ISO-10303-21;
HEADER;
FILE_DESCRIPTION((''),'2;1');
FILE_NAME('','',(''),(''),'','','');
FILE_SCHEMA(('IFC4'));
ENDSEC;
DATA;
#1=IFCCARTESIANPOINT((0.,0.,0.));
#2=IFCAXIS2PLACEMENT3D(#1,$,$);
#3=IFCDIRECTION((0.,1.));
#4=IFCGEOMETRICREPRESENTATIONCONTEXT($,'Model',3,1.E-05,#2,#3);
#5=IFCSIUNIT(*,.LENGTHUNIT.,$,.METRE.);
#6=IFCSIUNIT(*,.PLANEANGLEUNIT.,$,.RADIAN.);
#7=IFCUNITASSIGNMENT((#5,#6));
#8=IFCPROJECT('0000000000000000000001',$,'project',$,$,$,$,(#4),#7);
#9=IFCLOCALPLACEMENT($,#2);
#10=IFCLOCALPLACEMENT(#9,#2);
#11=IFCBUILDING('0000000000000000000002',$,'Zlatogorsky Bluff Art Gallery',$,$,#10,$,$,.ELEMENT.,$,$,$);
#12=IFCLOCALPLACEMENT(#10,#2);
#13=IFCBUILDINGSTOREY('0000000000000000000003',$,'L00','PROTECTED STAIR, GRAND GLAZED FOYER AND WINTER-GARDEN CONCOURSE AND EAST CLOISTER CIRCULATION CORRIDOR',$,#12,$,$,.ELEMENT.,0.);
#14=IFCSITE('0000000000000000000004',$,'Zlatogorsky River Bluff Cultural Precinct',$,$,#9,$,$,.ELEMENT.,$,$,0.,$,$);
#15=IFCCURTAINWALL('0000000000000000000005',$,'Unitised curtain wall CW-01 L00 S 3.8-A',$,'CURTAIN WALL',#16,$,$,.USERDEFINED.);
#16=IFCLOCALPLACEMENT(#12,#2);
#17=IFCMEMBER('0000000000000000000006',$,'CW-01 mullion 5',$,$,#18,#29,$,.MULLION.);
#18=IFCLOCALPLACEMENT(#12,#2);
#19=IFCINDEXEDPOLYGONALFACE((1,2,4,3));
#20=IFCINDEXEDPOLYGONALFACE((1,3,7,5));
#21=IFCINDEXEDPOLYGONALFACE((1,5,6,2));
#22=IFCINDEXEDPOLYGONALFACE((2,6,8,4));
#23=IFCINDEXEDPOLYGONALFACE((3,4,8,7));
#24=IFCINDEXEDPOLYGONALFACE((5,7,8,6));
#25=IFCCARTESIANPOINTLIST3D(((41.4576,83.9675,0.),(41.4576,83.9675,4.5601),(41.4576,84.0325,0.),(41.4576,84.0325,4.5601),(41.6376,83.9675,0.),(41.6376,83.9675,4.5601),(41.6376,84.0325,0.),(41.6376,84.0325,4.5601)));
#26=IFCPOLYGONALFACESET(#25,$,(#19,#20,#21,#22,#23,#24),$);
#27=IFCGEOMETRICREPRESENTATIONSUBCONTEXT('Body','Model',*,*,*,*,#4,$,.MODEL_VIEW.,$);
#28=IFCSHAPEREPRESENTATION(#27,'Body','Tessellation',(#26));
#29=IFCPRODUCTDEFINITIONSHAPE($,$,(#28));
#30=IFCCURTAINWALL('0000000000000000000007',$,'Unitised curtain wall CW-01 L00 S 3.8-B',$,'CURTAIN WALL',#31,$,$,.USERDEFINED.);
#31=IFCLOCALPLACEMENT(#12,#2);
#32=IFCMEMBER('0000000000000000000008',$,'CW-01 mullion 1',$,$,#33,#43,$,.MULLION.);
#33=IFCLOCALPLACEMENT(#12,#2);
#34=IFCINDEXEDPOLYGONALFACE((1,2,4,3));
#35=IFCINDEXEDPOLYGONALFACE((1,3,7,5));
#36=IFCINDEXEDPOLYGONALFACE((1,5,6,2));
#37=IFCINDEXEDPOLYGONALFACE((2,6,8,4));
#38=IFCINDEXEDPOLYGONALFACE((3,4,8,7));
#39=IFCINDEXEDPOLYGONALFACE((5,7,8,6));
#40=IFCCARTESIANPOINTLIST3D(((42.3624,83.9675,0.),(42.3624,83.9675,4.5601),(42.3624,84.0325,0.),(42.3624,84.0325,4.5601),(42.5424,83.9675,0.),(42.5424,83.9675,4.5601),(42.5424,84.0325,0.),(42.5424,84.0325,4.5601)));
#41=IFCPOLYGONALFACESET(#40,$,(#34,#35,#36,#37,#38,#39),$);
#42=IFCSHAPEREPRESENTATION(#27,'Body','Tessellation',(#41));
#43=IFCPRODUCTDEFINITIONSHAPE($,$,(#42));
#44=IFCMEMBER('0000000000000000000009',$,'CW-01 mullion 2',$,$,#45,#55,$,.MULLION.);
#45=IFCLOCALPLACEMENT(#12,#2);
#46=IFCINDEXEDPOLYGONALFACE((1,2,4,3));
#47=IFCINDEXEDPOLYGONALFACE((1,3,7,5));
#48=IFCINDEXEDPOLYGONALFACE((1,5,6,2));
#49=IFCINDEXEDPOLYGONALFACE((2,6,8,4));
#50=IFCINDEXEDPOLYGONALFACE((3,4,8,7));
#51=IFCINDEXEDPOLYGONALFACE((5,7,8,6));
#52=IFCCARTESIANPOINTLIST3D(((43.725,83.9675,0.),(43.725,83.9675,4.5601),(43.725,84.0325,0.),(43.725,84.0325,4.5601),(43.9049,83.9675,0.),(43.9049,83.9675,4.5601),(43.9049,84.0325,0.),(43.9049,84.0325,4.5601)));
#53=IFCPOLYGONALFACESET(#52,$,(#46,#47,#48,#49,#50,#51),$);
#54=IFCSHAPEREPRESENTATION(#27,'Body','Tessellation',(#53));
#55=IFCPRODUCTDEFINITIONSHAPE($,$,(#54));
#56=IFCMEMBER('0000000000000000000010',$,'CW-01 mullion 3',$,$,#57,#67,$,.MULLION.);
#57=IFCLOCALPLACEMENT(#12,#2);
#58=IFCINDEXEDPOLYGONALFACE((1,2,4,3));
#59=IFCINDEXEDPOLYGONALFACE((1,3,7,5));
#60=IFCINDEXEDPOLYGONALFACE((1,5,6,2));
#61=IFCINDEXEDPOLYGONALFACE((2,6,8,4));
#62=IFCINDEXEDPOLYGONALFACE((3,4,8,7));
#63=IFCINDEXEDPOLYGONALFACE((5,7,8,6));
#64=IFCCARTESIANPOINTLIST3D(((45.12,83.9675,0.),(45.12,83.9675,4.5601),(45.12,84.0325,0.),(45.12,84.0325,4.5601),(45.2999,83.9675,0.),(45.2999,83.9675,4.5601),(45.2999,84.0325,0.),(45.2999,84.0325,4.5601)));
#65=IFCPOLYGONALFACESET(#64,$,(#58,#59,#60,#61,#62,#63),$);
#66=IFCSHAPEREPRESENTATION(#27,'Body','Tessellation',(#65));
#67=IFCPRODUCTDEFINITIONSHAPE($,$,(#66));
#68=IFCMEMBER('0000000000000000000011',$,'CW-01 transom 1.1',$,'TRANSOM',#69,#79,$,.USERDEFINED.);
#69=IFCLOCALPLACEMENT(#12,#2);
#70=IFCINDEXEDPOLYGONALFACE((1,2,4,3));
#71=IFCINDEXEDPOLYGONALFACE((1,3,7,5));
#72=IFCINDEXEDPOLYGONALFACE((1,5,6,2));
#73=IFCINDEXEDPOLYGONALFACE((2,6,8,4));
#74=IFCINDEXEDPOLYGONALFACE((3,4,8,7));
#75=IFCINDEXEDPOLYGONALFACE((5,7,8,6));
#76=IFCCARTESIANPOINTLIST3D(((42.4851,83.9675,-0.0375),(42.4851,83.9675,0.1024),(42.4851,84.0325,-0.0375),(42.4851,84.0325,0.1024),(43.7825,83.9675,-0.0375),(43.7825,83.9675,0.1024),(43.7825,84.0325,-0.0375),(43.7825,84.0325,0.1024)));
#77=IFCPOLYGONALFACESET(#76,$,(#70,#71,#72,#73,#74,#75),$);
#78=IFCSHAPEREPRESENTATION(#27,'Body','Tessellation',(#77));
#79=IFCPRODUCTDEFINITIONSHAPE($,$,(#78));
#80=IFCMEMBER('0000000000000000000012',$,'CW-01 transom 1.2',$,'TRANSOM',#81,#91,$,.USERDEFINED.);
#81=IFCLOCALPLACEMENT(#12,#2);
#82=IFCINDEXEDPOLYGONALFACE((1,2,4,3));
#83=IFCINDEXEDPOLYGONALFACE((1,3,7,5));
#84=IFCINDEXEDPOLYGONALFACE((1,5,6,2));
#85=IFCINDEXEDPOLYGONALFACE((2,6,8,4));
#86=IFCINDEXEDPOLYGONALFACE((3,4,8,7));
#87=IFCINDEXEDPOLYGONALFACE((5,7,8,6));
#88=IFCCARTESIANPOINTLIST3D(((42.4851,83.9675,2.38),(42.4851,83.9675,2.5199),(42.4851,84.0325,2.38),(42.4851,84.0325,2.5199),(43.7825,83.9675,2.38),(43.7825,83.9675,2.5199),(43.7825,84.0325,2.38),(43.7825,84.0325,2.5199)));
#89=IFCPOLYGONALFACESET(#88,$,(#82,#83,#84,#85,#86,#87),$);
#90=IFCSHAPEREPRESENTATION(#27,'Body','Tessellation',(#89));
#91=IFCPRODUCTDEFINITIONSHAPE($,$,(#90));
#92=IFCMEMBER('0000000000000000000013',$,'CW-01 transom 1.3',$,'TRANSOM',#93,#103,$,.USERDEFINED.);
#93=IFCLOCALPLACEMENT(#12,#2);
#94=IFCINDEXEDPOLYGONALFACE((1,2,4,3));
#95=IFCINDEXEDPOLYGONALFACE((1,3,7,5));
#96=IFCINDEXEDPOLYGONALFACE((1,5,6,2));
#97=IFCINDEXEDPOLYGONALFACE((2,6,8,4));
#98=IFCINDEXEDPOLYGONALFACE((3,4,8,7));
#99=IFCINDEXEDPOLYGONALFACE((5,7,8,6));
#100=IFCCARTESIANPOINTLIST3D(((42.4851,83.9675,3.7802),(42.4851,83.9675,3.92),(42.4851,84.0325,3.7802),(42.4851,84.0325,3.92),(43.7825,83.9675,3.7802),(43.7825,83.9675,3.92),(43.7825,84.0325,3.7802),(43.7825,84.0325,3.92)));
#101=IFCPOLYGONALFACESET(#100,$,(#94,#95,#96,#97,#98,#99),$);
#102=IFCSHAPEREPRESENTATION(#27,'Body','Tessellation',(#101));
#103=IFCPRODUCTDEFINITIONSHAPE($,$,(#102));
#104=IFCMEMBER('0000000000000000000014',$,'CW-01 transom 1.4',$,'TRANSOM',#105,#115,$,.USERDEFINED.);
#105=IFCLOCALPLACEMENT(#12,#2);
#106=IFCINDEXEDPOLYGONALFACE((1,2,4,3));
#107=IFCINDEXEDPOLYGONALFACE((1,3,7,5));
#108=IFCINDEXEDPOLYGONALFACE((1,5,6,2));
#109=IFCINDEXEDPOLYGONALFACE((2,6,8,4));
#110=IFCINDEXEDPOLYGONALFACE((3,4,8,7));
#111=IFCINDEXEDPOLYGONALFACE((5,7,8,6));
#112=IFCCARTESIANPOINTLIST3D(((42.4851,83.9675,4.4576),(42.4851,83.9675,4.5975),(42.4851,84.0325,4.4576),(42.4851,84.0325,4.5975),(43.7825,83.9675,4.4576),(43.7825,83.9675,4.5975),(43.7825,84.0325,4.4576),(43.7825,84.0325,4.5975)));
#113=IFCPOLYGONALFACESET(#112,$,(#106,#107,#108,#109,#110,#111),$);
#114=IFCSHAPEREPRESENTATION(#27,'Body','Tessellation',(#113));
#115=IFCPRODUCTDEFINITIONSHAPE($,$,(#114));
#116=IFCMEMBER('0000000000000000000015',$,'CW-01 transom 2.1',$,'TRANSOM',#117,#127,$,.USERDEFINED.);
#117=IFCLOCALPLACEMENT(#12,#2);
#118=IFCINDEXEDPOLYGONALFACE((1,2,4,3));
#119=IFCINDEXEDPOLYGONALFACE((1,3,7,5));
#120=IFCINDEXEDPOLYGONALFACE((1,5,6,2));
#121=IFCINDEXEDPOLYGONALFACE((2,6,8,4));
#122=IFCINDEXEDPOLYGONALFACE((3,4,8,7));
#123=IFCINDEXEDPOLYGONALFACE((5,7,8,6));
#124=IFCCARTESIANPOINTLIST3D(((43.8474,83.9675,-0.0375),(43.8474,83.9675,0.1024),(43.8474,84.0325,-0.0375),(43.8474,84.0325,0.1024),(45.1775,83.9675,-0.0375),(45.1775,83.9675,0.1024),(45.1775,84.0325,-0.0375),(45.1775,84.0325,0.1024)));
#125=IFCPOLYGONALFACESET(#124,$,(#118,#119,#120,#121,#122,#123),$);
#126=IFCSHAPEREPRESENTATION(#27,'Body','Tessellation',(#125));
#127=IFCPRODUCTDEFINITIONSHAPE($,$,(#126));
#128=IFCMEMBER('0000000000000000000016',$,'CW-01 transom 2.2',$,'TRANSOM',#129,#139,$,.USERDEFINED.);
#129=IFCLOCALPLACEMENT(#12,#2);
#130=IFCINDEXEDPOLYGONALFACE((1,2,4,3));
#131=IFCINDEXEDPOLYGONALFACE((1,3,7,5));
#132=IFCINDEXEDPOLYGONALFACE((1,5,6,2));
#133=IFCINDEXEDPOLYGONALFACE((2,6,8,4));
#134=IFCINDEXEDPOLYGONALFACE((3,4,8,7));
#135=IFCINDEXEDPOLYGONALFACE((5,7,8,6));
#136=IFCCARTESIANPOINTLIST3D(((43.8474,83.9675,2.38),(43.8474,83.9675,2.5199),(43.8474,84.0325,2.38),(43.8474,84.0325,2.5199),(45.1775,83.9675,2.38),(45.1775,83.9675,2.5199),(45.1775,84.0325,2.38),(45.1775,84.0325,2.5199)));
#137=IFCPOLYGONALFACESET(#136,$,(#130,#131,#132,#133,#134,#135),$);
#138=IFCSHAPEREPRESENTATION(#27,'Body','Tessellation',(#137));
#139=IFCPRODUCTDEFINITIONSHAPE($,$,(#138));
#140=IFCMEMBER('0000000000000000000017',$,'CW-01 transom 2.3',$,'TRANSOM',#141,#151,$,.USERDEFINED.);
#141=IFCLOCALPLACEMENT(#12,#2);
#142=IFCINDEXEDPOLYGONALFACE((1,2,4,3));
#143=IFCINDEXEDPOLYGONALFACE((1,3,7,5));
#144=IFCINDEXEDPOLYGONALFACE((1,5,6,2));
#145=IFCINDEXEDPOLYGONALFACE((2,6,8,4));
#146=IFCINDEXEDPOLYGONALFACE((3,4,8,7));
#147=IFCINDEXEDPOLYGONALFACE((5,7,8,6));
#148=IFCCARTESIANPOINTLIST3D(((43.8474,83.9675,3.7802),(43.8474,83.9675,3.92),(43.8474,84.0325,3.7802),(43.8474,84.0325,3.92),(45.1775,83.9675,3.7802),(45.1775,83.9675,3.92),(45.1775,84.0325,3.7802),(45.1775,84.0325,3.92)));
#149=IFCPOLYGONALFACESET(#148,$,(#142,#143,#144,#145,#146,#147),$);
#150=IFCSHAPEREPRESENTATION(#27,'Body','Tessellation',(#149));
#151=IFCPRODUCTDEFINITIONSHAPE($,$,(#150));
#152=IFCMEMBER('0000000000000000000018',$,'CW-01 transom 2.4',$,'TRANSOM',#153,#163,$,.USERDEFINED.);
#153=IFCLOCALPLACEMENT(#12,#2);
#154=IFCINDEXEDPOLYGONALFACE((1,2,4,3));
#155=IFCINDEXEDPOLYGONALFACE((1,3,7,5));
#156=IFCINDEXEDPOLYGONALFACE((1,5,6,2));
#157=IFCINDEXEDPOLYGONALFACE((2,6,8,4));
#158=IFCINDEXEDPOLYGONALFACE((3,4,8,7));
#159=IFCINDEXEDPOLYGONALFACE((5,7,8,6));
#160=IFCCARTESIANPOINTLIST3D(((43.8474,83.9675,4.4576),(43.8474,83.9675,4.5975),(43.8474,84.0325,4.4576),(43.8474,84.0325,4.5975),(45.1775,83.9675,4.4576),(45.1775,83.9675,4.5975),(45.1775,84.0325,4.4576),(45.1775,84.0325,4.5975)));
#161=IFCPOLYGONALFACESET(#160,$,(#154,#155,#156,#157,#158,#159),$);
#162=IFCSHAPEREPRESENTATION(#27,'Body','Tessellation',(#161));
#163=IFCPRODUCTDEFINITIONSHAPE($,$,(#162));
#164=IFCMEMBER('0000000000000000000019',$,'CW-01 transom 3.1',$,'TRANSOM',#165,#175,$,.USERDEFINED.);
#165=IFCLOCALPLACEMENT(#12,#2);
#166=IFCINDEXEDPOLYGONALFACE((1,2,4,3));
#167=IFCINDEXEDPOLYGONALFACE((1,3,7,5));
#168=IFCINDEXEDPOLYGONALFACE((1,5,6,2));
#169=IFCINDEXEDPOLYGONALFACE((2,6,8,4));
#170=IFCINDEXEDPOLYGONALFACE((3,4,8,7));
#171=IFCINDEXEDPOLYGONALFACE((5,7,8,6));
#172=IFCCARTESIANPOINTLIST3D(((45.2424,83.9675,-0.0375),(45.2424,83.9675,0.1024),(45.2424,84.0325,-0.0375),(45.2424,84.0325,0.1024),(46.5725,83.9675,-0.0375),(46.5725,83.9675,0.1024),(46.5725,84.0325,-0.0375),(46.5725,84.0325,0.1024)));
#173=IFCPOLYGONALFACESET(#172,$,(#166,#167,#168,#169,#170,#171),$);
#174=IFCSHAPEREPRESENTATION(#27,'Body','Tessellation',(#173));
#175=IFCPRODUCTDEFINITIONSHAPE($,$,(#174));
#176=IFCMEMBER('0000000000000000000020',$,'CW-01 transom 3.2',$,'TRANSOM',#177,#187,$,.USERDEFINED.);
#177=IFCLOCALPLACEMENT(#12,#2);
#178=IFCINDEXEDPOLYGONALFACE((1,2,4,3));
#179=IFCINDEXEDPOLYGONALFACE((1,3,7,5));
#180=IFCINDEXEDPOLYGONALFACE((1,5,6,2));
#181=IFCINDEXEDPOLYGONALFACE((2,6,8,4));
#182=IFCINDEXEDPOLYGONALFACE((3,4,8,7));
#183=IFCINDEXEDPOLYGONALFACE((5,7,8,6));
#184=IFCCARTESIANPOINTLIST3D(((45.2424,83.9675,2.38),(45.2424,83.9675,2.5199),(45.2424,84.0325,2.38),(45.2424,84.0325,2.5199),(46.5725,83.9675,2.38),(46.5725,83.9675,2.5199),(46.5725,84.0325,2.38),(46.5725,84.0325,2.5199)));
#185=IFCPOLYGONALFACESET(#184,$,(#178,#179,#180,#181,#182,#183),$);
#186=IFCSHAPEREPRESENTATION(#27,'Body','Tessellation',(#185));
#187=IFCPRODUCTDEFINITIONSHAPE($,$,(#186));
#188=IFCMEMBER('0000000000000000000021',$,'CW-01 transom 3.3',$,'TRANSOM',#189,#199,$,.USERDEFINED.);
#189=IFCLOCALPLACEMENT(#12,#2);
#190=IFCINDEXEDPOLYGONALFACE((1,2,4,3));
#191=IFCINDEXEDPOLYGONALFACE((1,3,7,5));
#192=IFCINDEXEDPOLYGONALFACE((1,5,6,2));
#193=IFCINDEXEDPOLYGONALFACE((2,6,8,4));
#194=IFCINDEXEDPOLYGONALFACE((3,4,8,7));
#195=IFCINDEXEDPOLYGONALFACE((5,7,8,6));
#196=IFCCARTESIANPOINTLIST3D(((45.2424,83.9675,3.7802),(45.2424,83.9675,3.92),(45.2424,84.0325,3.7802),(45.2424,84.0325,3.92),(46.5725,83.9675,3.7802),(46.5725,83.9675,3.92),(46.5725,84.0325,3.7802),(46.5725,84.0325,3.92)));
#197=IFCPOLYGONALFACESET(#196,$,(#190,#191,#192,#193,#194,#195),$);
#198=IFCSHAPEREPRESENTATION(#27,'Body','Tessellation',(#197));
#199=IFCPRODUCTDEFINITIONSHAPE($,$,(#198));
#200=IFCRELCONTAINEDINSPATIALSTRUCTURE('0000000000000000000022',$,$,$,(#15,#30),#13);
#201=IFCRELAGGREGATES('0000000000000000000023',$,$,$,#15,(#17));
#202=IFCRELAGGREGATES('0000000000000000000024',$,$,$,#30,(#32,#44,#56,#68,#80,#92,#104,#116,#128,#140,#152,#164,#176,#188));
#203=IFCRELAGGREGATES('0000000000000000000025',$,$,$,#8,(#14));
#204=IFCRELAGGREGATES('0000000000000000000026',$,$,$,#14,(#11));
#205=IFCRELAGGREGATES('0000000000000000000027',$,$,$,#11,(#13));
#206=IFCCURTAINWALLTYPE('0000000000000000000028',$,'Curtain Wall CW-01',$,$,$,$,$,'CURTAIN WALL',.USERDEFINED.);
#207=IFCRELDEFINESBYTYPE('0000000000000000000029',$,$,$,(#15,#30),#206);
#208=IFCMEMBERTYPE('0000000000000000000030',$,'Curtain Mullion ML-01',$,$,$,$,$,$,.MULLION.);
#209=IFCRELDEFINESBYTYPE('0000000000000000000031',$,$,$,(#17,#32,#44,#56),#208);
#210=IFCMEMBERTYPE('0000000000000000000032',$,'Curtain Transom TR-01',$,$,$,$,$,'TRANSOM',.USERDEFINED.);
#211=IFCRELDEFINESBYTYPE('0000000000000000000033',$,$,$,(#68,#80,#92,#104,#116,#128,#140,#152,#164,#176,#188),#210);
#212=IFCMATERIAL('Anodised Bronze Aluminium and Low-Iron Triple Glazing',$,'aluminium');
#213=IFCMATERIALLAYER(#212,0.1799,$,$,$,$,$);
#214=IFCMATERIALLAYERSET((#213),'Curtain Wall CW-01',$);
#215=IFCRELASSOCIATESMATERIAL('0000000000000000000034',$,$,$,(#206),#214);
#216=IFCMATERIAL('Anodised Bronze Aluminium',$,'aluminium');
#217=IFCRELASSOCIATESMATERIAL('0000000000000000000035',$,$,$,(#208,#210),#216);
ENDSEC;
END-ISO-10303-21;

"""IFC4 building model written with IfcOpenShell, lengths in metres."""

from ifc_helpers import new_model, si_unit, direction, frame, origin, origin_2d, place, context, subcontext, project, spatial, rectangle, extrude, material, layer, layer_set, material_profile, profile_set, type_object, element, aggregate, save


model = new_model("IFC4")

# Units and contexts
model_context = context("Model", 3, precision=1e-05, world=origin(), true_north=direction((0.0, 1.0)))
body_context = subcontext(model_context, "Body", "Model", "MODEL_VIEW")
ifc_project = project(units=[si_unit("LENGTHUNIT", "METRE"), si_unit("PLANEANGLEUNIT", "RADIAN")], contexts=[model_context])

# Site, building, storey
site_placement = place(None, origin())
site = spatial("IfcSite", under=ifc_project, at=site_placement, Name="Zlatogorsky River Bluff Cultural Precinct", CompositionType="ELEMENT", RefElevation=0.0)
building_placement = place(site_placement, origin())
building = spatial("IfcBuilding", under=site, at=building_placement, Name="Zlatogorsky Bluff Art Gallery", CompositionType="ELEMENT")
storey_placement = place(building_placement, origin())
storey = spatial("IfcBuildingStorey", under=building, at=storey_placement, Name="L00", Description="PROTECTED STAIR, GRAND GLAZED FOYER AND WINTER-GARDEN CONCOURSE AND EAST CLOISTER CIRCULATION CORRIDOR", CompositionType="ELEMENT", Elevation=0.0)

# Curtain wall, member
ifc_material_1 = material(Name="Anodised Bronze Aluminium and Low-Iron Triple Glazing", Category="aluminium")
ifc_layer_1 = layer(ifc_material_1, 0.1799)
ifc_layer_set_1 = layer_set([ifc_layer_1], Name="Curtain Wall CW-01")
curtain_wall_type = type_object("IfcCurtainWallType", Name="Curtain Wall CW-01", ElementType="CURTAIN WALL", PredefinedType="USERDEFINED", material=ifc_layer_set_1)
curtain_wall_1_placement = place(storey_placement, origin())
curtain_wall_1 = element("IfcCurtainWall", 1, at=curtain_wall_1_placement, inside=storey, type_object=curtain_wall_type, Name="Unitised curtain wall CW-01 L00 S 3.8-A", ObjectType="CURTAIN WALL", PredefinedType="USERDEFINED")
ifc_material_2 = material(Name="Anodised Bronze Aluminium", Category="aluminium")
ifc_material_profile_1 = material_profile(ifc_material_2, rectangle(XDim=0.0649, YDim=0.1799, at=origin_2d()), Name="ALU MULLION 65x180")
ifc_profile_set_1 = profile_set([ifc_material_profile_1], Name="Anodised Bronze Aluminium")
member_type_1 = type_object("IfcMemberType", Name="Curtain Mullion ML-01", PredefinedType="MULLION", material=ifc_profile_set_1)
member_1_placement = place(storey_placement, frame((41.5476, 84.0, 0.0), z_axis=(0.0, 0.0, 1.0), x_axis=(0.0, 1.0, 0.0)))
member_1 = element("IfcMember", 2, at=member_1_placement, type_object=member_type_1, Name="CW-01 mullion 5", PredefinedType="MULLION", context=body_context, shape_type="SweptSolid", body=[
    extrude(rectangle(XDim=0.0649, YDim=0.1799, at=origin_2d()), origin(), (0.0, 0.0, 1.0), 4.5601),
])

# Curtain wall, members
curtain_wall_2_placement = place(storey_placement, origin())
curtain_wall_2 = element("IfcCurtainWall", 3, at=curtain_wall_2_placement, inside=storey, type_object=curtain_wall_type, Name="Unitised curtain wall CW-01 L00 S 3.8-B", ObjectType="CURTAIN WALL", PredefinedType="USERDEFINED")
member_2_placement = place(storey_placement, frame((42.4524, 84.0, 0.0), z_axis=(0.0, 0.0, 1.0), x_axis=(0.0, 1.0, 0.0)))
member_2 = element("IfcMember", 4, at=member_2_placement, type_object=member_type_1, Name="CW-01 mullion 1", PredefinedType="MULLION", context=body_context, shape_type="SweptSolid", body=[
    extrude(rectangle(XDim=0.0649, YDim=0.1799, at=origin_2d()), origin(), (0.0, 0.0, 1.0), 4.5601),
])
member_3_placement = place(storey_placement, frame((43.8149, 84.0, 0.0), z_axis=(0.0, 0.0, 1.0), x_axis=(0.0, 1.0, 0.0)))
member_3 = element("IfcMember", 5, at=member_3_placement, type_object=member_type_1, Name="CW-01 mullion 2", PredefinedType="MULLION", context=body_context, shape_type="SweptSolid", body=[
    extrude(rectangle(XDim=0.0649, YDim=0.1799, at=origin_2d()), origin(), (0.0, 0.0, 1.0), 4.5601),
])
member_4_placement = place(storey_placement, frame((45.21, 84.0, 0.0), z_axis=(0.0, 0.0, 1.0), x_axis=(0.0, 1.0, 0.0)))
member_4 = element("IfcMember", 6, at=member_4_placement, type_object=member_type_1, Name="CW-01 mullion 3", PredefinedType="MULLION", context=body_context, shape_type="SweptSolid", body=[
    extrude(rectangle(XDim=0.0649, YDim=0.1799, at=origin_2d()), origin(), (0.0, 0.0, 1.0), 4.5601),
])
ifc_material_profile_2 = material_profile(ifc_material_2, rectangle(XDim=0.0649, YDim=0.1399, at=origin_2d()), Name="ALU TRANSOM 65x140")
ifc_profile_set_2 = profile_set([ifc_material_profile_2], Name="Anodised Bronze Aluminium")
member_type_2 = type_object("IfcMemberType", Name="Curtain Transom TR-01", ElementType="TRANSOM", PredefinedType="USERDEFINED", material=ifc_profile_set_2)
member_5_placement = place(storey_placement, frame((42.4851, 84.0, 0.0325), z_axis=(1.0, 0.0, 0.0), x_axis=(0.0, 1.0, 0.0)))
member_5 = element("IfcMember", 7, at=member_5_placement, type_object=member_type_2, Name="CW-01 transom 1.1", ObjectType="TRANSOM", PredefinedType="USERDEFINED", context=body_context, shape_type="SweptSolid", body=[
    extrude(rectangle(XDim=0.0649, YDim=0.1399, at=origin_2d()), origin(), (0.0, 0.0, 1.0), 1.2974),
])
member_6_placement = place(storey_placement, frame((42.4851, 84.0, 2.45), z_axis=(1.0, 0.0, 0.0), x_axis=(0.0, 1.0, 0.0)))
member_6 = element("IfcMember", 8, at=member_6_placement, type_object=member_type_2, Name="CW-01 transom 1.2", ObjectType="TRANSOM", PredefinedType="USERDEFINED", context=body_context, shape_type="SweptSolid", body=[
    extrude(rectangle(XDim=0.0649, YDim=0.1399, at=origin_2d()), origin(), (0.0, 0.0, 1.0), 1.2974),
])
member_7_placement = place(storey_placement, frame((42.4851, 84.0, 3.8501), z_axis=(1.0, 0.0, 0.0), x_axis=(0.0, 1.0, 0.0)))
member_7 = element("IfcMember", 9, at=member_7_placement, type_object=member_type_2, Name="CW-01 transom 1.3", ObjectType="TRANSOM", PredefinedType="USERDEFINED", context=body_context, shape_type="SweptSolid", body=[
    extrude(rectangle(XDim=0.0649, YDim=0.1399, at=origin_2d()), origin(), (0.0, 0.0, 1.0), 1.2974),
])
member_8_placement = place(storey_placement, frame((42.4851, 84.0, 4.5276), z_axis=(1.0, 0.0, 0.0), x_axis=(0.0, 1.0, 0.0)))
member_8 = element("IfcMember", 10, at=member_8_placement, type_object=member_type_2, Name="CW-01 transom 1.4", ObjectType="TRANSOM", PredefinedType="USERDEFINED", context=body_context, shape_type="SweptSolid", body=[
    extrude(rectangle(XDim=0.0649, YDim=0.1399, at=origin_2d()), origin(), (0.0, 0.0, 1.0), 1.2974),
])
member_9_placement = place(storey_placement, frame((43.8474, 84.0, 0.0325), z_axis=(1.0, 0.0, 0.0), x_axis=(0.0, 1.0, 0.0)))
member_9 = element("IfcMember", 11, at=member_9_placement, type_object=member_type_2, Name="CW-01 transom 2.1", ObjectType="TRANSOM", PredefinedType="USERDEFINED", context=body_context, shape_type="SweptSolid", body=[
    extrude(rectangle(XDim=0.0649, YDim=0.1399, at=origin_2d()), origin(), (0.0, 0.0, 1.0), 1.3301),
])
member_10_placement = place(storey_placement, frame((43.8474, 84.0, 2.45), z_axis=(1.0, 0.0, 0.0), x_axis=(0.0, 1.0, 0.0)))
member_10 = element("IfcMember", 12, at=member_10_placement, type_object=member_type_2, Name="CW-01 transom 2.2", ObjectType="TRANSOM", PredefinedType="USERDEFINED", context=body_context, shape_type="SweptSolid", body=[
    extrude(rectangle(XDim=0.0649, YDim=0.1399, at=origin_2d()), origin(), (0.0, 0.0, 1.0), 1.3301),
])
member_11_placement = place(storey_placement, frame((43.8474, 84.0, 3.8501), z_axis=(1.0, 0.0, 0.0), x_axis=(0.0, 1.0, 0.0)))
member_11 = element("IfcMember", 13, at=member_11_placement, type_object=member_type_2, Name="CW-01 transom 2.3", ObjectType="TRANSOM", PredefinedType="USERDEFINED", context=body_context, shape_type="SweptSolid", body=[
    extrude(rectangle(XDim=0.0649, YDim=0.1399, at=origin_2d()), origin(), (0.0, 0.0, 1.0), 1.3301),
])
member_12_placement = place(storey_placement, frame((43.8474, 84.0, 4.5276), z_axis=(1.0, 0.0, 0.0), x_axis=(0.0, 1.0, 0.0)))
member_12 = element("IfcMember", 14, at=member_12_placement, type_object=member_type_2, Name="CW-01 transom 2.4", ObjectType="TRANSOM", PredefinedType="USERDEFINED", context=body_context, shape_type="SweptSolid", body=[
    extrude(rectangle(XDim=0.0649, YDim=0.1399, at=origin_2d()), origin(), (0.0, 0.0, 1.0), 1.3301),
])
member_13_placement = place(storey_placement, frame((45.2424, 84.0, 0.0325), z_axis=(1.0, 0.0, 0.0), x_axis=(0.0, 1.0, 0.0)))
member_13 = element("IfcMember", 15, at=member_13_placement, type_object=member_type_2, Name="CW-01 transom 3.1", ObjectType="TRANSOM", PredefinedType="USERDEFINED", context=body_context, shape_type="SweptSolid", body=[
    extrude(rectangle(XDim=0.0649, YDim=0.1399, at=origin_2d()), origin(), (0.0, 0.0, 1.0), 1.3301),
])
member_14_placement = place(storey_placement, frame((45.2424, 84.0, 2.45), z_axis=(1.0, 0.0, 0.0), x_axis=(0.0, 1.0, 0.0)))
member_14 = element("IfcMember", 16, at=member_14_placement, type_object=member_type_2, Name="CW-01 transom 3.2", ObjectType="TRANSOM", PredefinedType="USERDEFINED", context=body_context, shape_type="SweptSolid", body=[
    extrude(rectangle(XDim=0.0649, YDim=0.1399, at=origin_2d()), origin(), (0.0, 0.0, 1.0), 1.3301),
])
member_15_placement = place(storey_placement, frame((45.2424, 84.0, 3.8501), z_axis=(1.0, 0.0, 0.0), x_axis=(0.0, 1.0, 0.0)))
member_15 = element("IfcMember", 17, at=member_15_placement, type_object=member_type_2, Name="CW-01 transom 3.3", ObjectType="TRANSOM", PredefinedType="USERDEFINED", context=body_context, shape_type="SweptSolid", body=[
    extrude(rectangle(XDim=0.0649, YDim=0.1399, at=origin_2d()), origin(), (0.0, 0.0, 1.0), 1.3301),
])

aggregate(curtain_wall_1, [member_1])
aggregate(curtain_wall_2, [member_2, member_3, member_4, member_5, member_6, member_7, member_8, member_9, member_10, member_11, member_12, member_13, member_14, member_15])

save(model, "model.ifc")
